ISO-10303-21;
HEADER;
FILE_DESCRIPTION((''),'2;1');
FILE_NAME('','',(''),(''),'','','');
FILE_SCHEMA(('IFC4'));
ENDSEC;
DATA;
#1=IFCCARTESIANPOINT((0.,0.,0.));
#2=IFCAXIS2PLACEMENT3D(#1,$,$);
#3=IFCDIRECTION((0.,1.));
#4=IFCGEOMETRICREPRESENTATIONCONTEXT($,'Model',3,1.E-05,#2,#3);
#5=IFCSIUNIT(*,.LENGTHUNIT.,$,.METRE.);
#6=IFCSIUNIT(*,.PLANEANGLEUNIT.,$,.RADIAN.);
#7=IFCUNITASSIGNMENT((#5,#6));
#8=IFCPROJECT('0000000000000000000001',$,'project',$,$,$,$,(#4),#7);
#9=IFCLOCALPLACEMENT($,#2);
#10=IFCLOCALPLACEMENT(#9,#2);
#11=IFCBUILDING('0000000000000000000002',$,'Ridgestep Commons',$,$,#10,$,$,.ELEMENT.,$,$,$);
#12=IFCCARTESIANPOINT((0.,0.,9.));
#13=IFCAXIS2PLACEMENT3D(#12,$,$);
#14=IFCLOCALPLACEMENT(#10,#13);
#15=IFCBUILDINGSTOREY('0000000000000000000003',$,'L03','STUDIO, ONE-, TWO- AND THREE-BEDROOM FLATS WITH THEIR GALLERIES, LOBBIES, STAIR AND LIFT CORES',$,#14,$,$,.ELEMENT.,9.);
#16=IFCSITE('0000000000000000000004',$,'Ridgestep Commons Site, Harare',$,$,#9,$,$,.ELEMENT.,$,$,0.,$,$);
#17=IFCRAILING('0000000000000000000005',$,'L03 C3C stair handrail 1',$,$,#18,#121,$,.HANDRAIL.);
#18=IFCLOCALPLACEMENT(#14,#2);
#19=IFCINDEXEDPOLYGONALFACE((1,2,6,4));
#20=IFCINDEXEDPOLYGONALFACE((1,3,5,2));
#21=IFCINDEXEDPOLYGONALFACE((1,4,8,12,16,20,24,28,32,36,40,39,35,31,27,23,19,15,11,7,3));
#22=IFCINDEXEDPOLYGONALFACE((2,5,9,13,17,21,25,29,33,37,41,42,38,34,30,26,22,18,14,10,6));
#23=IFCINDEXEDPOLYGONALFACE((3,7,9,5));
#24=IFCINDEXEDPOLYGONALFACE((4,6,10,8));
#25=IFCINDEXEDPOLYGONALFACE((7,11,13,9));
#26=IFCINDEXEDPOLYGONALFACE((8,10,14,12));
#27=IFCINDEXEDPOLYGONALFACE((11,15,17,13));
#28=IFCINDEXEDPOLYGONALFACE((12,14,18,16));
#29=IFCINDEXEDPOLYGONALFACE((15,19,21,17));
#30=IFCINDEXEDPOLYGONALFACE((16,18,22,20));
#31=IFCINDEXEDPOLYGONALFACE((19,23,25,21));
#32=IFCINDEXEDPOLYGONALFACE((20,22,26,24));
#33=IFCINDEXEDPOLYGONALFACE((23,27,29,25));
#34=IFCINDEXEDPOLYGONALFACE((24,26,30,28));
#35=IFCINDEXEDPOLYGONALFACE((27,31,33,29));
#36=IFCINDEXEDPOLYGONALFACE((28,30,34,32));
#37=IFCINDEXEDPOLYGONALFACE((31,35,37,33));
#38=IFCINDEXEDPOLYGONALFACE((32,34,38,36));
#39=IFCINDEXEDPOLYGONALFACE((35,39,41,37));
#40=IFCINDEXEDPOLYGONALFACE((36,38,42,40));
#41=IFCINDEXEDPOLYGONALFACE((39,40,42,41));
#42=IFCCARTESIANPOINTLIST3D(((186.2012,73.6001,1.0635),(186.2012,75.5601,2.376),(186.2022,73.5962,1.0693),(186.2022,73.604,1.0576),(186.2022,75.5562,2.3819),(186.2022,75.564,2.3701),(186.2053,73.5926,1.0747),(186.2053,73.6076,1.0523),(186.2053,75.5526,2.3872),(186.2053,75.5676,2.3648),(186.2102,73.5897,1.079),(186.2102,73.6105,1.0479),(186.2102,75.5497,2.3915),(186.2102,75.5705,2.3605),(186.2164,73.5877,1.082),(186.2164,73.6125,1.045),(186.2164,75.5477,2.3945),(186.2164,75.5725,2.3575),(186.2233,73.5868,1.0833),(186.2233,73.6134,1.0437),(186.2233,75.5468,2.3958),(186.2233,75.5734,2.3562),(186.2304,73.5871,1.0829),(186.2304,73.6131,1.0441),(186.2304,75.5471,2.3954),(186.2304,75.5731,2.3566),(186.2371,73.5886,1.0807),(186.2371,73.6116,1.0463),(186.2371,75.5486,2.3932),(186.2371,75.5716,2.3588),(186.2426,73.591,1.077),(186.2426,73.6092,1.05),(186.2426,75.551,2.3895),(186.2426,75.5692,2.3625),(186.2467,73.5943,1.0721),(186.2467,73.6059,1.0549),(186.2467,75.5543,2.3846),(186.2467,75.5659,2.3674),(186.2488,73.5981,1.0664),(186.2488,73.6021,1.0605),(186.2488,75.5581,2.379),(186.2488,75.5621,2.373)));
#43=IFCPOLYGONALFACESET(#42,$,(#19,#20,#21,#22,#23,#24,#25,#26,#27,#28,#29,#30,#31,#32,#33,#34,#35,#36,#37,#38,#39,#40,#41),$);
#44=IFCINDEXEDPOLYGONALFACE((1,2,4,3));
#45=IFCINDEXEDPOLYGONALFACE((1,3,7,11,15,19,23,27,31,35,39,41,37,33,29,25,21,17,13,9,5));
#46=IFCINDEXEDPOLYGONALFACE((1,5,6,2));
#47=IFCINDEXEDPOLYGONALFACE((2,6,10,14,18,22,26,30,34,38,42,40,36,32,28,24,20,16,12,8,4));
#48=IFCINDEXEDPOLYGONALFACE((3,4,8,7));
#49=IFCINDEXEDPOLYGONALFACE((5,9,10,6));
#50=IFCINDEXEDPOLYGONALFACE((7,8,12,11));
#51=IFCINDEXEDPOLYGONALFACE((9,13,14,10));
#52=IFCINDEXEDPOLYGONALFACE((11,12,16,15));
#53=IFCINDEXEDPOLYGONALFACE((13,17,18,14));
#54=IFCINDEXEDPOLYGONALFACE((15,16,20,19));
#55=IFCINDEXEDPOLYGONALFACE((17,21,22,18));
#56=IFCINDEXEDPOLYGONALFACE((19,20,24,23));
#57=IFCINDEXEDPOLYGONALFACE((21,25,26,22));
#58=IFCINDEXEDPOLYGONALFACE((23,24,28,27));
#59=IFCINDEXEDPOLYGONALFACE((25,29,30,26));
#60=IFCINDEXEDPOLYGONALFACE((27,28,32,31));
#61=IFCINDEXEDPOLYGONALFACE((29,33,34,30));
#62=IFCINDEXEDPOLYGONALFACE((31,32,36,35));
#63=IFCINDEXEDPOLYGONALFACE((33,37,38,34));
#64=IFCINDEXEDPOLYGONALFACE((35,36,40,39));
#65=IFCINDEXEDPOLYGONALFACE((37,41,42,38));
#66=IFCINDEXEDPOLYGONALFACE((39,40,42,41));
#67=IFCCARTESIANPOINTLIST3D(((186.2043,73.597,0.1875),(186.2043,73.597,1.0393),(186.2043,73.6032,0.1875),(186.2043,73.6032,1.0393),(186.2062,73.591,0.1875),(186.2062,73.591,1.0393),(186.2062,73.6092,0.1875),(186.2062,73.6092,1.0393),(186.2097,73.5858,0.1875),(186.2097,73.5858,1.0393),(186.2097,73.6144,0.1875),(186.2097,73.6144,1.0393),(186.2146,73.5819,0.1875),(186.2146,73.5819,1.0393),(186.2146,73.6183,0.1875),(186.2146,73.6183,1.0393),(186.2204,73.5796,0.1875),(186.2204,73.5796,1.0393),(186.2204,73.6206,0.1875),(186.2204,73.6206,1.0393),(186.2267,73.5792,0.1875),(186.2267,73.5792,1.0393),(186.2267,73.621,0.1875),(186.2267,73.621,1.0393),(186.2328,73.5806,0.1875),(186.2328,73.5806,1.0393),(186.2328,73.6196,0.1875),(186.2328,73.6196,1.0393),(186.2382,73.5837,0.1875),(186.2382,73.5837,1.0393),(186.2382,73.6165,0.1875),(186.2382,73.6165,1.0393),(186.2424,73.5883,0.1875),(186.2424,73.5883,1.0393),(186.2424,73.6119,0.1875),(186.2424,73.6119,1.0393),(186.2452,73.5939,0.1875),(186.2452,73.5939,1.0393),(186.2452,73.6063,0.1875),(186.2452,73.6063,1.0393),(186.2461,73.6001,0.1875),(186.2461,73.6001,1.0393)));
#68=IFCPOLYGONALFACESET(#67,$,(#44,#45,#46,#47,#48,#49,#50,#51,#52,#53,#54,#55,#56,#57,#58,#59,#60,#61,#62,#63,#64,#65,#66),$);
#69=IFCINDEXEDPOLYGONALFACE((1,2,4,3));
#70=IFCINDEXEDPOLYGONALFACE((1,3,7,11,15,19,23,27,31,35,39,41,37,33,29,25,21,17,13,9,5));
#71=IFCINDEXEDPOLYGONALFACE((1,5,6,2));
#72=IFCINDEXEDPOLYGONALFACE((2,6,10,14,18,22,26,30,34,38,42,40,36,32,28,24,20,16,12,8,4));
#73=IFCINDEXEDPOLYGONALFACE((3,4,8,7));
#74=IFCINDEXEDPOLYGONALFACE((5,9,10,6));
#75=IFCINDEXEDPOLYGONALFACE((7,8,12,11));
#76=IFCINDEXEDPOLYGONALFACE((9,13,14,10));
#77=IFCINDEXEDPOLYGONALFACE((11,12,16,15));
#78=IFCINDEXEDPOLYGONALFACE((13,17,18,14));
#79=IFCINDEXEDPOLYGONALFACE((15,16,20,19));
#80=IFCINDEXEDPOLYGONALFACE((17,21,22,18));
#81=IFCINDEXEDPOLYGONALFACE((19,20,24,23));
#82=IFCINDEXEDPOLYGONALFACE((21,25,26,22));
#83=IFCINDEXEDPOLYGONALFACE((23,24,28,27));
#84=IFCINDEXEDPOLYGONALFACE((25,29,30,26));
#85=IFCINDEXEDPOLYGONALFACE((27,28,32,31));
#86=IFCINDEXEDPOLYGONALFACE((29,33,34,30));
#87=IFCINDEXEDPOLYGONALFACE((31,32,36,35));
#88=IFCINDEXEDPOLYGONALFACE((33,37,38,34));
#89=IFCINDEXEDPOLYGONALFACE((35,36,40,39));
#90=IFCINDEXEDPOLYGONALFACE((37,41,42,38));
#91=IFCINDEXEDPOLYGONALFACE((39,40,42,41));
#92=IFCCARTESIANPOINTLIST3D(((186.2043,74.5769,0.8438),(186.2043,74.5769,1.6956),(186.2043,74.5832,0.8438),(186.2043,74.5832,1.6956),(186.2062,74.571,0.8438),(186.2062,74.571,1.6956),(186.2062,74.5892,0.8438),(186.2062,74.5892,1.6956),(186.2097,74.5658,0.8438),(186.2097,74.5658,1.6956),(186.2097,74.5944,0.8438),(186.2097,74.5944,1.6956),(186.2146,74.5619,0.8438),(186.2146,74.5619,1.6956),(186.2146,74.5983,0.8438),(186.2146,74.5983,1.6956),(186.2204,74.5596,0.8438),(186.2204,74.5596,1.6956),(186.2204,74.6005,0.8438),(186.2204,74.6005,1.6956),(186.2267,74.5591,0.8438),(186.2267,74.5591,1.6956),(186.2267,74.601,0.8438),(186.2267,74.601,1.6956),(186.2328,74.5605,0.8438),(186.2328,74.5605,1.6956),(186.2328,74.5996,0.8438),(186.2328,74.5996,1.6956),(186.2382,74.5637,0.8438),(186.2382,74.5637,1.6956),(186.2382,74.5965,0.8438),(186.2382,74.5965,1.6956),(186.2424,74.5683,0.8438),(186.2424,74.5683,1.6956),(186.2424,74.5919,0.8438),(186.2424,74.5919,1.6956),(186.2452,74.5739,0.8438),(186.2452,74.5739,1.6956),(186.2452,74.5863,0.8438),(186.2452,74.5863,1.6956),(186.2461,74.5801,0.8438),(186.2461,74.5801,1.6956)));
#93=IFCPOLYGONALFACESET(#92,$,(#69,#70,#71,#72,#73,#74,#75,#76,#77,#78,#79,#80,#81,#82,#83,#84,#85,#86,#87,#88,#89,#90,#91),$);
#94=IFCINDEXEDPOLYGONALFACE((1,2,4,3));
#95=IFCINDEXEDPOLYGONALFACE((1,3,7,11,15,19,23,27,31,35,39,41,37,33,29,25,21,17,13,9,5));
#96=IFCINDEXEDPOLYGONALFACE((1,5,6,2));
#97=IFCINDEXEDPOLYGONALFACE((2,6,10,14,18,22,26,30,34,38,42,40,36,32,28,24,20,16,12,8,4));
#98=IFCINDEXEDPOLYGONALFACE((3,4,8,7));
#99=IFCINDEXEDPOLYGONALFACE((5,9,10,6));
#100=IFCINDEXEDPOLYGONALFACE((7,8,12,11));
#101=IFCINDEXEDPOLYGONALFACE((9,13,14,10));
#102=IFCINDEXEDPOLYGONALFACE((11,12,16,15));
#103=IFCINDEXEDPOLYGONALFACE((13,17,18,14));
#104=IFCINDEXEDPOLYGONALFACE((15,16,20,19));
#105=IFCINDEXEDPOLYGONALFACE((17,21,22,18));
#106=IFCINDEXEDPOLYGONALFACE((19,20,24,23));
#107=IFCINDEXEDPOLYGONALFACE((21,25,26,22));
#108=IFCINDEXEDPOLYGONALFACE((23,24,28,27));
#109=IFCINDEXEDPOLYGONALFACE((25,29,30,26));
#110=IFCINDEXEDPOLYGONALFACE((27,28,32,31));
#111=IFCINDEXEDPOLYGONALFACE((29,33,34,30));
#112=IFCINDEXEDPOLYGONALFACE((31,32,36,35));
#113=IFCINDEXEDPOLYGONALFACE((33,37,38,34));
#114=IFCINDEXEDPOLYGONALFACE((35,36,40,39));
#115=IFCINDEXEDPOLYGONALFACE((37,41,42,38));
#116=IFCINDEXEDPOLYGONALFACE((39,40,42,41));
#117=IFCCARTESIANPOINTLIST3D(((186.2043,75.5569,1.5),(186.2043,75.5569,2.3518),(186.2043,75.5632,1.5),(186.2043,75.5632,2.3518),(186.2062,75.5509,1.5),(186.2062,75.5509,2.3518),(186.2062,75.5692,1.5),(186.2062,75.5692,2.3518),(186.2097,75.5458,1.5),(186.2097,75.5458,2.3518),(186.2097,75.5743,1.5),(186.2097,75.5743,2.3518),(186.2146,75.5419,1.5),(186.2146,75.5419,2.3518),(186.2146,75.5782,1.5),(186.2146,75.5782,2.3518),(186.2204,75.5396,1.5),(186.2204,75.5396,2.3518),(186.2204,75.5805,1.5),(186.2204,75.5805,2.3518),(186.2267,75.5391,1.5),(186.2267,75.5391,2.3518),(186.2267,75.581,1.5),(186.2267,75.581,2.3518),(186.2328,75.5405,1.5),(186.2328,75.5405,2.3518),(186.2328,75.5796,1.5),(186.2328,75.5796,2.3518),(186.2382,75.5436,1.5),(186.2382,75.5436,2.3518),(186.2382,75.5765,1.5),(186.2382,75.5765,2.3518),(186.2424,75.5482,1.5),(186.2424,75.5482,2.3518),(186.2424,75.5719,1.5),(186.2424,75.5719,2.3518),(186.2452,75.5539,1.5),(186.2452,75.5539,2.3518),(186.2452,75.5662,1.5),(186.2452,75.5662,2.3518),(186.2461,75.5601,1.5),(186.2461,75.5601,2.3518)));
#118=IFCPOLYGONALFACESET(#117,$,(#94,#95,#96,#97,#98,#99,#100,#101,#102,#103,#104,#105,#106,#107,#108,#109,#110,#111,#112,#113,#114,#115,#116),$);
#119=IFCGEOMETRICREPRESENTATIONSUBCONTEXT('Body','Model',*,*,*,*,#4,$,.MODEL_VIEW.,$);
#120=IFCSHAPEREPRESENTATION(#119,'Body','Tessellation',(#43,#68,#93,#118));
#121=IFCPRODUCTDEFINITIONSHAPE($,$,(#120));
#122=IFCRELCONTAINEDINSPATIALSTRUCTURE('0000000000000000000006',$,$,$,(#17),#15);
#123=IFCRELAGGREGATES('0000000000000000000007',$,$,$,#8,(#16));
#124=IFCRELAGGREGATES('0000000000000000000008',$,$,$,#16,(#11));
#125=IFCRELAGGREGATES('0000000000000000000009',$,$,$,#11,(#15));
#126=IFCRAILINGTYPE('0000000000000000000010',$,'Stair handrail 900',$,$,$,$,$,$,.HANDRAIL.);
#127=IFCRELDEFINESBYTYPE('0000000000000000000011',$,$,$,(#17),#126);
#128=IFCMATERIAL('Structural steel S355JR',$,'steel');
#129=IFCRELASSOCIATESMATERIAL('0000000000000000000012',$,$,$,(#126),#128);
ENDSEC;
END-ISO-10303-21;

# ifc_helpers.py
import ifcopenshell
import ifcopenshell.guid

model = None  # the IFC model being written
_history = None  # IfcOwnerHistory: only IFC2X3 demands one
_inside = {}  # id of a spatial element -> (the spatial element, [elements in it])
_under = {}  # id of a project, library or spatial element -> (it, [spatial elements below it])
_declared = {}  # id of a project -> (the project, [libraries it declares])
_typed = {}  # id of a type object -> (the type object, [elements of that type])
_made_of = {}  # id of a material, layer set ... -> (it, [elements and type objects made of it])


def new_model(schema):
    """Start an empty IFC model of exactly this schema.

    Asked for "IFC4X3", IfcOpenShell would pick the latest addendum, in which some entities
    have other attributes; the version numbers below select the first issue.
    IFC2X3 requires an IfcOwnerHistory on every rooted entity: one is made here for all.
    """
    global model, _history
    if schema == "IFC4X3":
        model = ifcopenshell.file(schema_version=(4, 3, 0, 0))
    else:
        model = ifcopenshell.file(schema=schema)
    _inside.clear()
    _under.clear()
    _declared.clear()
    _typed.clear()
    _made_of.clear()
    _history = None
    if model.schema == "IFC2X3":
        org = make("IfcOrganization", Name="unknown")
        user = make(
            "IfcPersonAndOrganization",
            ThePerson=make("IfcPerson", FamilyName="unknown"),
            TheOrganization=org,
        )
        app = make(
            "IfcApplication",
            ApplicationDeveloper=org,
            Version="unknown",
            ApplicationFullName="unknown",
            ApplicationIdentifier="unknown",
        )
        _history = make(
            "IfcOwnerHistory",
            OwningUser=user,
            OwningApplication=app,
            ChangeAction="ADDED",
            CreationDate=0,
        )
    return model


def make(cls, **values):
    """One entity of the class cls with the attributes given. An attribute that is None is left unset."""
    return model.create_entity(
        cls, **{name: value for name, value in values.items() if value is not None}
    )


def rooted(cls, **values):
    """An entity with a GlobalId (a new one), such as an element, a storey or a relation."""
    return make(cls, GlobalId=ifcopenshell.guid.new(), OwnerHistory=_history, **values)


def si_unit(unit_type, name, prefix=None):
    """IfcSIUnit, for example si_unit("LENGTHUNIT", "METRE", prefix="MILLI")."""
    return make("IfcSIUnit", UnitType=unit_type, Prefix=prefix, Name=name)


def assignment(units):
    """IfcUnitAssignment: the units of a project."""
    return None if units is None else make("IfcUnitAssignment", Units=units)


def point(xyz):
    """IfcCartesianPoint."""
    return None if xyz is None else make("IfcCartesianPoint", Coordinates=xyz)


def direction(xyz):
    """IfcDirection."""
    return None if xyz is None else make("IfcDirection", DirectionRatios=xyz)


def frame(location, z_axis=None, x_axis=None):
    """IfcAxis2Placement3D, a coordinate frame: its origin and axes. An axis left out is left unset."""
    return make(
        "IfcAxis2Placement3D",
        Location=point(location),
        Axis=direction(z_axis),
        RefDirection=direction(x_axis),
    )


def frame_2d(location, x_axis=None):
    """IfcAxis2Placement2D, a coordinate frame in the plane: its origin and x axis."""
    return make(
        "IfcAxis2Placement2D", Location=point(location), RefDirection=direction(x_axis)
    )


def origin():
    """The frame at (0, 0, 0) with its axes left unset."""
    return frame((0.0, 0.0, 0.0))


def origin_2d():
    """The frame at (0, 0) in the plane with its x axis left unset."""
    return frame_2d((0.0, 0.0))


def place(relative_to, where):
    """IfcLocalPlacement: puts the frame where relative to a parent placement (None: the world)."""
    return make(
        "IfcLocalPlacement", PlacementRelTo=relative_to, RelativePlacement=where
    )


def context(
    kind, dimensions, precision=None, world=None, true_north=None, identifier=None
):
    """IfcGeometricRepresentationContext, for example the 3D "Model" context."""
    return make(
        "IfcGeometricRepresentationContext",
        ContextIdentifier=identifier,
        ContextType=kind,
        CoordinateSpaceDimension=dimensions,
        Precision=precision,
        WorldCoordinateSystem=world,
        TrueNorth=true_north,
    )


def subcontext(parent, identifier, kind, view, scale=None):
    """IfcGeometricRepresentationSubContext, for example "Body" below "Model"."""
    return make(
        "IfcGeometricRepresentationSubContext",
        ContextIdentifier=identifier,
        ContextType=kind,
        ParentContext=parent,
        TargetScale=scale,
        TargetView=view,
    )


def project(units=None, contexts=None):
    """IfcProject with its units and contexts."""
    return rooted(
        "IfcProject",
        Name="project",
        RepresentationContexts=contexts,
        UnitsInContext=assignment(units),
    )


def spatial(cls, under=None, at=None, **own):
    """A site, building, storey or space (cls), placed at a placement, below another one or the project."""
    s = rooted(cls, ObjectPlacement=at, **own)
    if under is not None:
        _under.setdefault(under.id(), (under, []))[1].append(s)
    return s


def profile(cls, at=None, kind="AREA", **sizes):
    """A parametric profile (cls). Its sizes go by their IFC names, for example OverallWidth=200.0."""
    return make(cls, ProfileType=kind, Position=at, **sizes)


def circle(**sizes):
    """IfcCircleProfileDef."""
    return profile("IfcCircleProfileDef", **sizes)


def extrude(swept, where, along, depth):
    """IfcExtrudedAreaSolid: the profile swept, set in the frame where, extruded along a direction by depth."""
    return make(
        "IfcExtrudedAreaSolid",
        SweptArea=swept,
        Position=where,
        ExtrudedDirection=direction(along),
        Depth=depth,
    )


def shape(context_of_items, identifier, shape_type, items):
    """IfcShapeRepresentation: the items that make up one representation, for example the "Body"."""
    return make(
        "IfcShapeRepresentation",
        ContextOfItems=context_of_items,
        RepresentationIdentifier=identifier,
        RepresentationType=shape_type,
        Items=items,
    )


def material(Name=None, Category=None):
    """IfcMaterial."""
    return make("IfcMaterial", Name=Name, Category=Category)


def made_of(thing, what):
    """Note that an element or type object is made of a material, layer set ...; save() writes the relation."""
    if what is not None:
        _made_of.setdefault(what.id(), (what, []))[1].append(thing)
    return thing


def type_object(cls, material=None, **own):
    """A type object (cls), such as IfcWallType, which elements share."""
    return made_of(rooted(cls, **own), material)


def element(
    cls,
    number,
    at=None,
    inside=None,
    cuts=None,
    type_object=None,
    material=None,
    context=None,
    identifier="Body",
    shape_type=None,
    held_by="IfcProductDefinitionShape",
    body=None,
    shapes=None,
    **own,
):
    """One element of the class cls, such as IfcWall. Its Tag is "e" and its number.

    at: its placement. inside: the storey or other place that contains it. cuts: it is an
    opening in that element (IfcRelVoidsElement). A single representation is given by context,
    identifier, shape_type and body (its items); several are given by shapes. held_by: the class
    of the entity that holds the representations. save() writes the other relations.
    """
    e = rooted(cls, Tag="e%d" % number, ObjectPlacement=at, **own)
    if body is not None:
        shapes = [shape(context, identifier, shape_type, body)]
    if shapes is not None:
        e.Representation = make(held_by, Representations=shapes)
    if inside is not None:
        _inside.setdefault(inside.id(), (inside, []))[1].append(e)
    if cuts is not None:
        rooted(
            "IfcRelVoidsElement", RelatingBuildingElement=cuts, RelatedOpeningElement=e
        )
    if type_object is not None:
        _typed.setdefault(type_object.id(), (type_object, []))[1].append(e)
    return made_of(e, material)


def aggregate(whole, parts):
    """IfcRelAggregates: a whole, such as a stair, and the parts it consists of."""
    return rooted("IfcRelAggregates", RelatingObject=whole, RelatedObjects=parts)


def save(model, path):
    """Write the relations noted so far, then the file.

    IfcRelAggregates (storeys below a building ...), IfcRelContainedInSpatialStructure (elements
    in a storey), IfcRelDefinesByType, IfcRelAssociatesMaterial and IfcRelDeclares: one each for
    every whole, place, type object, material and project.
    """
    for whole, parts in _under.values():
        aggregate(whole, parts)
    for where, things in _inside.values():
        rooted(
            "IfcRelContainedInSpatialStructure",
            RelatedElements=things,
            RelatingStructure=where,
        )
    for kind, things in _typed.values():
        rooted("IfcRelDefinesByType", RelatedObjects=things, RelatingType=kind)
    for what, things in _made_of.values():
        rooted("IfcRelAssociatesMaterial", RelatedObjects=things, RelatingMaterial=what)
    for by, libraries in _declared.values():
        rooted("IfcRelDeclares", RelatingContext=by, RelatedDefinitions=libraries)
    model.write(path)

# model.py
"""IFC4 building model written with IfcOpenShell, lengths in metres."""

from ifc_helpers import new_model, si_unit, direction, frame, origin, origin_2d, place, context, subcontext, project, spatial, circle, extrude, material, type_object, element, save


model = new_model("IFC4")

# Units and contexts
model_context = context("Model", 3, precision=1e-05, world=origin(), true_north=direction((0.0, 1.0)))
body_context = subcontext(model_context, "Body", "Model", "MODEL_VIEW")
ifc_project = project(units=[si_unit("LENGTHUNIT", "METRE"), si_unit("PLANEANGLEUNIT", "RADIAN")], contexts=[model_context])

# Site, building, storey
site_placement = place(None, origin())
site = spatial("IfcSite", under=ifc_project, at=site_placement, Name="Ridgestep Commons Site, Harare", CompositionType="ELEMENT", RefElevation=0.0)
building_placement = place(site_placement, origin())
building = spatial("IfcBuilding", under=site, at=building_placement, Name="Ridgestep Commons", CompositionType="ELEMENT")
storey_placement = place(building_placement, frame((0.0, 0.0, 9.0)))
storey = spatial("IfcBuildingStorey", under=building, at=storey_placement, Name="L03", Description="STUDIO, ONE-, TWO- AND THREE-BEDROOM FLATS WITH THEIR GALLERIES, LOBBIES, STAIR AND LIFT CORES", CompositionType="ELEMENT", Elevation=9.0)

# Railing
ifc_material_1 = material(Name="Structural steel S355JR", Category="steel")
railing_type_1 = type_object("IfcRailingType", Name="Stair handrail 900", PredefinedType="HANDRAIL", material=ifc_material_1)
railing_1_placement = place(storey_placement, frame((186.2251, 73.6001, 0.1875)))
element("IfcRailing", 1, at=railing_1_placement, inside=storey, type_object=railing_type_1, Name="L03 C3C stair handrail 1", PredefinedType="HANDRAIL", context=body_context, shape_type="SweptSolid", body=[
    extrude(circle(Radius=0.0239, at=origin_2d()), frame((0.0, 0.0, 0.876), z_axis=(0.0, 0.830902, 0.556419), x_axis=(-1.0, 0.0, 0.0)), (0.0, 0.0, 1.0), 2.3589),
    extrude(circle(Radius=0.021, at=origin_2d()), origin(), (0.0, 0.0, 1.0), 0.8518),
    extrude(circle(Radius=0.021, at=origin_2d()), frame((0.0, 0.98, 0.6562)), (0.0, 0.0, 1.0), 0.8518),
    extrude(circle(Radius=0.021, at=origin_2d()), frame((0.0, 1.96, 1.3125)), (0.0, 0.0, 1.0), 0.8518),
])

save(model, "model.ifc")
